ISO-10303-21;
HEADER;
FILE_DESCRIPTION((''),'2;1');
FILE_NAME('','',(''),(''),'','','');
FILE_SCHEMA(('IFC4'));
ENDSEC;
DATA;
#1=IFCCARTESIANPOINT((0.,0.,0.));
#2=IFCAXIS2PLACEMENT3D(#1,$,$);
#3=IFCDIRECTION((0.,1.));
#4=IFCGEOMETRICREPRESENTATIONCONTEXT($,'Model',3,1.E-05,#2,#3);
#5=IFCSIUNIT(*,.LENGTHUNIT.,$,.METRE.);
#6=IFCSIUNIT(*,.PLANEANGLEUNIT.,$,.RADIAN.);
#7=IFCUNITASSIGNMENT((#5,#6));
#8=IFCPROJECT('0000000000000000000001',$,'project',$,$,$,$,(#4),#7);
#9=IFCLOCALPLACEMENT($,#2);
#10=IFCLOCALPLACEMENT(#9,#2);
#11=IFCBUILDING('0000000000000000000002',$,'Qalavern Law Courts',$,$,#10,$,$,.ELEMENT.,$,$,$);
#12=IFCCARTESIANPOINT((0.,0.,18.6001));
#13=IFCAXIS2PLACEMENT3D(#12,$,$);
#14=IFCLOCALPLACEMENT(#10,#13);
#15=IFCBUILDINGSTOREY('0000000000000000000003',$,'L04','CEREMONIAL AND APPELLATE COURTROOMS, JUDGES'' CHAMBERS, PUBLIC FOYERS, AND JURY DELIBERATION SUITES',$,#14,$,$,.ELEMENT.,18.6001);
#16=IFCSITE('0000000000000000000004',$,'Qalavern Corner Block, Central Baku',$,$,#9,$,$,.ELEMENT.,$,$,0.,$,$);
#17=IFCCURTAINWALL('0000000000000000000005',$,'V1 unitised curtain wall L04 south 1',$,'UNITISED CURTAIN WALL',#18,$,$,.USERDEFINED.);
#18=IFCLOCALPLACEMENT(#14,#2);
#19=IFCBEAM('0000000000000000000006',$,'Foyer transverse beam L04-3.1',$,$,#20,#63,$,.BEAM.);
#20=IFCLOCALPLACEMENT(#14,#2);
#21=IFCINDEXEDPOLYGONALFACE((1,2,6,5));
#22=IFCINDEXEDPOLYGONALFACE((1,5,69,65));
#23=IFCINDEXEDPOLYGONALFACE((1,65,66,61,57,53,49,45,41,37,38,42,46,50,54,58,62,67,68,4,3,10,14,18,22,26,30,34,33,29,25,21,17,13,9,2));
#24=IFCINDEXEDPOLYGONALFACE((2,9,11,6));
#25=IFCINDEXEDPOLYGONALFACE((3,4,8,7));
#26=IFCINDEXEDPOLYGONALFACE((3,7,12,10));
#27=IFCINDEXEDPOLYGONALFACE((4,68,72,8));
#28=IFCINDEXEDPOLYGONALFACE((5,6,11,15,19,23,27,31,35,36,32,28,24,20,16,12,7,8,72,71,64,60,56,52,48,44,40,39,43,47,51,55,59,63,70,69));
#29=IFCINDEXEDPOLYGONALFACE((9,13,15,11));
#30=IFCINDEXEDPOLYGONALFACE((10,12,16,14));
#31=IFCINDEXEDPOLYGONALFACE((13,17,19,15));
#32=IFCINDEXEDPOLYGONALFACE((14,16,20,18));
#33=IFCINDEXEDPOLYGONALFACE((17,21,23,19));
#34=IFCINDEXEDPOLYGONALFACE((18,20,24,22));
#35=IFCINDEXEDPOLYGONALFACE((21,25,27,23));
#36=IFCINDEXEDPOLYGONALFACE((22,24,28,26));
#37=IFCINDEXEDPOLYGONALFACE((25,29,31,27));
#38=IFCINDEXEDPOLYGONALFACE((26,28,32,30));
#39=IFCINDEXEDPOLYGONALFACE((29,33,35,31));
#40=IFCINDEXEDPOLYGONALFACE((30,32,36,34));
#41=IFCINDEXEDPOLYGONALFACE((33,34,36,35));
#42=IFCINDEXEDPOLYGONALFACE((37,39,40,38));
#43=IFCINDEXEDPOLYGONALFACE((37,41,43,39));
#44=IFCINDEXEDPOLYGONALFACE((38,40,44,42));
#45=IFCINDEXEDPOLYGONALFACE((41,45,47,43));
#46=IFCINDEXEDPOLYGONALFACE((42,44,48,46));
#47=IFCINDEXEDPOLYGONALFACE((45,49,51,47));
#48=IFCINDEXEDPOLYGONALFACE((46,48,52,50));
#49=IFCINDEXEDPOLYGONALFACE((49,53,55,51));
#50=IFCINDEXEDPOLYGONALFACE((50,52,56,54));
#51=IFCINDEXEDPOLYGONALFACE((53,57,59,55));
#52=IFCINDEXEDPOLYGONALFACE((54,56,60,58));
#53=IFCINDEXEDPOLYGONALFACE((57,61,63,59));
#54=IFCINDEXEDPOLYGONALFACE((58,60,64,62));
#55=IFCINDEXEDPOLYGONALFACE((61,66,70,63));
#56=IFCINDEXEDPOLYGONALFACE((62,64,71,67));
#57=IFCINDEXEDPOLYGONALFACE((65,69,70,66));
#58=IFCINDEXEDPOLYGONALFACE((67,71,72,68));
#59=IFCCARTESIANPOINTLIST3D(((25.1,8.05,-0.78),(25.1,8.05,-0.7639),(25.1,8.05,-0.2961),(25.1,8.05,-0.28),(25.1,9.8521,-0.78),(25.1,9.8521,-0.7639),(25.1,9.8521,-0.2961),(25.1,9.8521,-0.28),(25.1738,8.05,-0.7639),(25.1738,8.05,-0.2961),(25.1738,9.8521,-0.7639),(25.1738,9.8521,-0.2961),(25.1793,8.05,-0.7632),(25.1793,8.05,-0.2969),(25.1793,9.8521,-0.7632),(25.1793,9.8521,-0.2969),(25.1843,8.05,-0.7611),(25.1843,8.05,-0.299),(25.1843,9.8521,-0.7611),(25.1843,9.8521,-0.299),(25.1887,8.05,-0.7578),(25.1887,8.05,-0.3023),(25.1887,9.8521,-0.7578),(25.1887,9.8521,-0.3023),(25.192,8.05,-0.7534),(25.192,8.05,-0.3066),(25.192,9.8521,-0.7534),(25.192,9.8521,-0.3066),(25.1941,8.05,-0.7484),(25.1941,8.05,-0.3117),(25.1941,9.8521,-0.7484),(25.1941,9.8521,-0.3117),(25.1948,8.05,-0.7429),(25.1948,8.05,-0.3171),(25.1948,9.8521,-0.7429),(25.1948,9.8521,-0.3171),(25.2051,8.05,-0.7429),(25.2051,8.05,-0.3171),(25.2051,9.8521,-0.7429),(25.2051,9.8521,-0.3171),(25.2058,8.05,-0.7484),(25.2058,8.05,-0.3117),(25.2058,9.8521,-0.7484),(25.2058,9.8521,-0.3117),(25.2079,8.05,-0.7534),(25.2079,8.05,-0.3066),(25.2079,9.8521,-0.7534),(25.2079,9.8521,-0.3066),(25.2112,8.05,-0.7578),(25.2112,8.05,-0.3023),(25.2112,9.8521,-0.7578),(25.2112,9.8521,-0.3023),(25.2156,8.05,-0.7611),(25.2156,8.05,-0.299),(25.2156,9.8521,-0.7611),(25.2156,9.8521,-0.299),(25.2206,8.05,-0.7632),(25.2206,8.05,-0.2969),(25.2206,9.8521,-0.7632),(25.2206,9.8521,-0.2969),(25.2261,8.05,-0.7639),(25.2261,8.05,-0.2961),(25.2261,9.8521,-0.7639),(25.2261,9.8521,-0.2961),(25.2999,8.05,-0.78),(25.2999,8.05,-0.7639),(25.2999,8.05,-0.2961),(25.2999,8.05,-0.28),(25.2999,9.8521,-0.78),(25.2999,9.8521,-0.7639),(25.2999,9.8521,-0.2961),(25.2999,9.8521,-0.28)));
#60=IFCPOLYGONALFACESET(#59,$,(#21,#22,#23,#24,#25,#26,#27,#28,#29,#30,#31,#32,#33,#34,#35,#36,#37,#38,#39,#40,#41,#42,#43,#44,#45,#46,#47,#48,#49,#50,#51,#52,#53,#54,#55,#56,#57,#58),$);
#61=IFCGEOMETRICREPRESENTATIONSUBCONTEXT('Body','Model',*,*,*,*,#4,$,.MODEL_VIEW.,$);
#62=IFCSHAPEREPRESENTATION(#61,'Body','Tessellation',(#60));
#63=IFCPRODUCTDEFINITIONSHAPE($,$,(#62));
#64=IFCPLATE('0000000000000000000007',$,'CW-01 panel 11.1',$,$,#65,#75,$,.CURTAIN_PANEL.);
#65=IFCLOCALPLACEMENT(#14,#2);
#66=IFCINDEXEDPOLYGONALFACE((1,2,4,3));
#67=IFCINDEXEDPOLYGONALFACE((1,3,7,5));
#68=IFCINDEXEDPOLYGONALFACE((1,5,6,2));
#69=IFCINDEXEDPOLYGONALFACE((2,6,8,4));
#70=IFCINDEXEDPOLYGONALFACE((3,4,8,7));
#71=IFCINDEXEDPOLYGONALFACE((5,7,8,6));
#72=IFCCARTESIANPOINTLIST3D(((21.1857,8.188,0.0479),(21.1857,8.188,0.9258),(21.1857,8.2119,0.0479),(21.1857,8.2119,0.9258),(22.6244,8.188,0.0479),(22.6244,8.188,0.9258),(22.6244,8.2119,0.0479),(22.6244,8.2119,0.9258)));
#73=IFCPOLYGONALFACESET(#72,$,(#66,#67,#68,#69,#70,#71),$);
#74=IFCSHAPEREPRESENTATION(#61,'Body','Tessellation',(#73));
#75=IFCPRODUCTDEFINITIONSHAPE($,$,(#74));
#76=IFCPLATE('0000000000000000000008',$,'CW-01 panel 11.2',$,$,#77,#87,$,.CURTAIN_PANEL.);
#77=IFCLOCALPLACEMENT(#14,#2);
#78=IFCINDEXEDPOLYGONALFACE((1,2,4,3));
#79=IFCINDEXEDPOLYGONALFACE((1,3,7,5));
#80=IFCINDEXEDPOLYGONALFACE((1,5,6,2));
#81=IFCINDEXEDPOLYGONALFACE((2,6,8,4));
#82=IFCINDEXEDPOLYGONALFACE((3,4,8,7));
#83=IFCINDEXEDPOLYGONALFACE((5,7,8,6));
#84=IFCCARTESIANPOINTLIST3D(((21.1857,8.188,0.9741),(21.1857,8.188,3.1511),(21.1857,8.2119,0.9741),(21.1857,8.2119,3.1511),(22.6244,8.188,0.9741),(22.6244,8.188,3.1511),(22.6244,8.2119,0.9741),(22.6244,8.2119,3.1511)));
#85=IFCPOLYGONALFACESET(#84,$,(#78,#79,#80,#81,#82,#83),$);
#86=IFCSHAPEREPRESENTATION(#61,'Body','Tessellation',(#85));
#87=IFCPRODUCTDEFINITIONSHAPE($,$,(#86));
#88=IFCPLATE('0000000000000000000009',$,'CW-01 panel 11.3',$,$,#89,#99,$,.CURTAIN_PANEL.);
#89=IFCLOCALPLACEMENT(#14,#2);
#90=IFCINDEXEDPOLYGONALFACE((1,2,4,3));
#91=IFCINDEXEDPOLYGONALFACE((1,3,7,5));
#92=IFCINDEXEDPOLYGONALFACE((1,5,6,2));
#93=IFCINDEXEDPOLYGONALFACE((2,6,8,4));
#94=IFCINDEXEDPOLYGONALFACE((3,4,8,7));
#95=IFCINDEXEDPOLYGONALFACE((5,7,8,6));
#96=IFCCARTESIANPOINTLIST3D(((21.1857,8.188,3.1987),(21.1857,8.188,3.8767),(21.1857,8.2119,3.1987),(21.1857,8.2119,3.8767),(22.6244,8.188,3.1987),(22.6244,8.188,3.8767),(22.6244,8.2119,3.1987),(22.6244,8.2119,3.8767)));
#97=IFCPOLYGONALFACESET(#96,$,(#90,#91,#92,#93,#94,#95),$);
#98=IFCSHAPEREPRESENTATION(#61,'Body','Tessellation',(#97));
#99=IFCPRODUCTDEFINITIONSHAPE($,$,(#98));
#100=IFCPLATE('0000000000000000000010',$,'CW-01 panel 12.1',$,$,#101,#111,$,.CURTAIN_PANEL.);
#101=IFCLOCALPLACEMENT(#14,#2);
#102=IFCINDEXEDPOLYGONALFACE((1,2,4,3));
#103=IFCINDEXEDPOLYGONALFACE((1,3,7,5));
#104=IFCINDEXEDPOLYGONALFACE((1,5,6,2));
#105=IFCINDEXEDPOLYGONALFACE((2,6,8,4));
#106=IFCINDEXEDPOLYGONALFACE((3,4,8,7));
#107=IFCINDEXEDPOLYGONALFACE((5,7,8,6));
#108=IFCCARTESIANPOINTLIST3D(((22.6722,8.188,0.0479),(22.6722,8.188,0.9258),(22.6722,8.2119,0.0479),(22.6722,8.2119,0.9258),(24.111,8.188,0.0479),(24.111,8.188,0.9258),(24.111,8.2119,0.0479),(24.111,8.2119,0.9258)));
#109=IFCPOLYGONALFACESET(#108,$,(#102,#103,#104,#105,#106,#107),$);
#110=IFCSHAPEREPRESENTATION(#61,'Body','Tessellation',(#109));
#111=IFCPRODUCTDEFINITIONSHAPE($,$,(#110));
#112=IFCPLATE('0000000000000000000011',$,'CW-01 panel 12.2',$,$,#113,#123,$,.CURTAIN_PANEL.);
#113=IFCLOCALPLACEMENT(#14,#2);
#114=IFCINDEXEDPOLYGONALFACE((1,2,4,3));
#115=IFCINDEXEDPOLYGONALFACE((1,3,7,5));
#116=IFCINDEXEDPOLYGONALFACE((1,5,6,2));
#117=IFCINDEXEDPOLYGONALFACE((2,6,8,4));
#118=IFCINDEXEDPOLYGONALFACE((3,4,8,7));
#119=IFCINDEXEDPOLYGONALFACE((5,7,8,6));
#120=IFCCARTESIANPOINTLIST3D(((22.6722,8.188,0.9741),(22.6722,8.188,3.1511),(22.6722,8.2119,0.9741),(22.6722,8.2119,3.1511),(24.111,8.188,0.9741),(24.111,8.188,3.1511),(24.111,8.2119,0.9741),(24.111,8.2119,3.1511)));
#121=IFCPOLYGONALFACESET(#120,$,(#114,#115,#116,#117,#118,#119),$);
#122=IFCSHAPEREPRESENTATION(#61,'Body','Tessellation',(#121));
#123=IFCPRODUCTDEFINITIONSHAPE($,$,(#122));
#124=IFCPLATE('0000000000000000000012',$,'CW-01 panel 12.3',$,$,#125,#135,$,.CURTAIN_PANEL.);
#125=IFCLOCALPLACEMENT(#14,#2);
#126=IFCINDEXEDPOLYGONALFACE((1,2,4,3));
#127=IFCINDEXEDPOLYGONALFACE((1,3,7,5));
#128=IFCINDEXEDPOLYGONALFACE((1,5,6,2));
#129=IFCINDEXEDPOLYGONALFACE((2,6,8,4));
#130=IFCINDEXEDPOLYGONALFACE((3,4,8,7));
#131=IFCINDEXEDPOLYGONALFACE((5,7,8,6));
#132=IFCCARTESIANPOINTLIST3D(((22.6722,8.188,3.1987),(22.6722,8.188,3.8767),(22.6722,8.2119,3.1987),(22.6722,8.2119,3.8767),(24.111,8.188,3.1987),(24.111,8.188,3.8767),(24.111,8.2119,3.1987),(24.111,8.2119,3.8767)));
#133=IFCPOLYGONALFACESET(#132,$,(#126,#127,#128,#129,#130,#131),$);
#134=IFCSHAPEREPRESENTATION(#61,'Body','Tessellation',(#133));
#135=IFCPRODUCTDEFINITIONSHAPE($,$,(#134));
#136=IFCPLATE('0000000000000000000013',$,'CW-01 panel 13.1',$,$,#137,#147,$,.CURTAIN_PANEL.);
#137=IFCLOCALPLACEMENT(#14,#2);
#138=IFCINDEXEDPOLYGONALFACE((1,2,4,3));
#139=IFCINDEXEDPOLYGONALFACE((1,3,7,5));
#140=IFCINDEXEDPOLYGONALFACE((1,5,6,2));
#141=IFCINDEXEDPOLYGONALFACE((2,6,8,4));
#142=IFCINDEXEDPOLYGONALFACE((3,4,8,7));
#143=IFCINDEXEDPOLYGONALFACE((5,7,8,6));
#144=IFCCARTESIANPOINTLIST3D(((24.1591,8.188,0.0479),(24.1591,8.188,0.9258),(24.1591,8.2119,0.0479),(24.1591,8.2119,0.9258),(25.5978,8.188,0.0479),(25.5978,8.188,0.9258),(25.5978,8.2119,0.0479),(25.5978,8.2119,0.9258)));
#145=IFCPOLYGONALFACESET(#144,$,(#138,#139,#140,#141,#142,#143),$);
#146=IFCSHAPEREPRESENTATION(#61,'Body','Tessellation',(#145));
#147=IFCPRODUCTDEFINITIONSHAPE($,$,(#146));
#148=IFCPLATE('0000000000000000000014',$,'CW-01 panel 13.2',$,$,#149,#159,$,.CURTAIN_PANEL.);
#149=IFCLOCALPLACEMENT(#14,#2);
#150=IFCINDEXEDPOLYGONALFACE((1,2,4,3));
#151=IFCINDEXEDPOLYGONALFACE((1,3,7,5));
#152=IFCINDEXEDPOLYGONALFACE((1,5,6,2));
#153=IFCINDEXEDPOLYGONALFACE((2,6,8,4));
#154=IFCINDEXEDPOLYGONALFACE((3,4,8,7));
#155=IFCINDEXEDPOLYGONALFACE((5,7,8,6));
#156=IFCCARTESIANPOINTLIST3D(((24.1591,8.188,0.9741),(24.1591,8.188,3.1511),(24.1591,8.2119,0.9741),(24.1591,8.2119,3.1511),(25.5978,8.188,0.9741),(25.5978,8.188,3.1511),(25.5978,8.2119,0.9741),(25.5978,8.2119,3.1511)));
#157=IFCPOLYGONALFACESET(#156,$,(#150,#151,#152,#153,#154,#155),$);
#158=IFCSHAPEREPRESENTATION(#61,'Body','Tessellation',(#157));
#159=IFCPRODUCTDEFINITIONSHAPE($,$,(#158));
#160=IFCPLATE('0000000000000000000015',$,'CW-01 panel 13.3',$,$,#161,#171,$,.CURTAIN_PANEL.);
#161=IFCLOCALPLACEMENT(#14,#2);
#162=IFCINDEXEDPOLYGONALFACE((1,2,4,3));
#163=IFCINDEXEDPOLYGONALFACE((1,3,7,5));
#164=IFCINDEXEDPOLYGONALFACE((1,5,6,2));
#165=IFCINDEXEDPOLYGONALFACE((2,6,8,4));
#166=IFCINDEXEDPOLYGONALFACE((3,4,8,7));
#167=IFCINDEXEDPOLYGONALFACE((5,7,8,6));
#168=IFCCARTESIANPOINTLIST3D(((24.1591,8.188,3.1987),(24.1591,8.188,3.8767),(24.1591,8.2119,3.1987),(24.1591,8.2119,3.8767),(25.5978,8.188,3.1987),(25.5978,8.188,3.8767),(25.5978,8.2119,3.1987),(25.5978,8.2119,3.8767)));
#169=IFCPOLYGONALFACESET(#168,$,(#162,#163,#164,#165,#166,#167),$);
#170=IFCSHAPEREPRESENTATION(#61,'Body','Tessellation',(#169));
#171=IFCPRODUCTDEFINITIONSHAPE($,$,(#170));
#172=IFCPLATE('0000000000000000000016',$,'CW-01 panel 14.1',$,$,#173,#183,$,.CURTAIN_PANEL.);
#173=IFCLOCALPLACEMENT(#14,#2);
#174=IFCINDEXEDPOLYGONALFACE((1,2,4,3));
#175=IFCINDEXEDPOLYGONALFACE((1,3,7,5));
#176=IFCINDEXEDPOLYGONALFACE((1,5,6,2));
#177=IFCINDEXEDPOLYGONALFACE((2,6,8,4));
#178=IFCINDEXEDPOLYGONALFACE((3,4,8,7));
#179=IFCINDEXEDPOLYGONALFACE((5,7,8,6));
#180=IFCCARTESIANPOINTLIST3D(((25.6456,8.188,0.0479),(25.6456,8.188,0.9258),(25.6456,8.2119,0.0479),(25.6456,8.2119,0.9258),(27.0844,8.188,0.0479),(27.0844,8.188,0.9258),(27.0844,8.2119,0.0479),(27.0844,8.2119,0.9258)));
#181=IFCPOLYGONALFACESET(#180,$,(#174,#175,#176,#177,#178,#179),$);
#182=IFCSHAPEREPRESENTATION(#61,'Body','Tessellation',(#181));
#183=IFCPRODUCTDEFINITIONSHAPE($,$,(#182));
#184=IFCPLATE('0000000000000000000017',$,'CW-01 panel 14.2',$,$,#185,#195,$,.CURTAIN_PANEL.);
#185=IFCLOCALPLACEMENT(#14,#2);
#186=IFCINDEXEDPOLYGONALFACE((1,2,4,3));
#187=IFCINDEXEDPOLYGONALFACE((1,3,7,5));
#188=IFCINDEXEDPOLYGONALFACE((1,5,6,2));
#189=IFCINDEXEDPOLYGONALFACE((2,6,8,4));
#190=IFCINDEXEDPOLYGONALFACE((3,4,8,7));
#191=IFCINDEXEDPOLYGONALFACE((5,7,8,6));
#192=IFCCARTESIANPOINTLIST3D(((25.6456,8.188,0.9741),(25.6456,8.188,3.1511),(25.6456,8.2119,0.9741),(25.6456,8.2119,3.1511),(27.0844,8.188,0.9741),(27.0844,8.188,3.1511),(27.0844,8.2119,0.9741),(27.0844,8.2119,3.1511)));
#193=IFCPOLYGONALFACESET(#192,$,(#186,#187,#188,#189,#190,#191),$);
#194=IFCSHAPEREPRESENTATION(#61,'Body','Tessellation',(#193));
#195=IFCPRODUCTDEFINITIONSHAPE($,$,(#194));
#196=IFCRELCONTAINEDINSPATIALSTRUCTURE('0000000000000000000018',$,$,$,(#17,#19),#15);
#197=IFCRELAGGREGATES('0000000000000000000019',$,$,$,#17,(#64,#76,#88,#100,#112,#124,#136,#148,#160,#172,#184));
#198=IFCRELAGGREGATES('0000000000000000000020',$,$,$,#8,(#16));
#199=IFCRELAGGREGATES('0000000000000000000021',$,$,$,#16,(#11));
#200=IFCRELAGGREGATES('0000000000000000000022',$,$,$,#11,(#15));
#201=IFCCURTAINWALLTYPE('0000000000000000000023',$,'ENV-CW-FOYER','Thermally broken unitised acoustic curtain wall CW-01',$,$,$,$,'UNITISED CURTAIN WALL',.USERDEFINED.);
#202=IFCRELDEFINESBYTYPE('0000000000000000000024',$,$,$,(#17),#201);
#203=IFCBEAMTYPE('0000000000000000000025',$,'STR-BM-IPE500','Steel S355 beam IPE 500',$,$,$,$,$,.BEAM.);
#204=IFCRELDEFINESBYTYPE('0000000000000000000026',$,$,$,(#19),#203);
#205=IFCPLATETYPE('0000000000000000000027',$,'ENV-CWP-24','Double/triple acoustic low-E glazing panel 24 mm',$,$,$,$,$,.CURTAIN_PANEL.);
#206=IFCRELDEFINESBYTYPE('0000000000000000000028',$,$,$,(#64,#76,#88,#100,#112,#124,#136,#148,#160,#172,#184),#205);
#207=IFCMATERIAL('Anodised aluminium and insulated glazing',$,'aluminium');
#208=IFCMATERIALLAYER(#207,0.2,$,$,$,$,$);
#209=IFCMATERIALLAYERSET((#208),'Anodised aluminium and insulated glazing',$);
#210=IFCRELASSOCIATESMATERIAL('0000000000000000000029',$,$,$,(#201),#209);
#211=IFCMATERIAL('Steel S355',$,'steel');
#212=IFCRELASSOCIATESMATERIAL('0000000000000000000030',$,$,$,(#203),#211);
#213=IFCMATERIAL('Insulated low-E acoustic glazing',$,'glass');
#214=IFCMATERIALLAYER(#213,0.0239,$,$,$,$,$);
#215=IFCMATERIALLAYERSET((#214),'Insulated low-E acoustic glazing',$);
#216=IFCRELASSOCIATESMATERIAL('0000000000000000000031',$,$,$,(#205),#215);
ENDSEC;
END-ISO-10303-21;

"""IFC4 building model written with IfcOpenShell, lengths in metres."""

from ifc_helpers import new_model, si_unit, direction, frame, origin, origin_2d, place, context, subcontext, project, spatial, rectangle, i_section, extrude, material, layer, layer_set, material_profile, profile_set, type_object, element, aggregate, save


model = new_model("IFC4")

# Units and contexts
model_context = context("Model", 3, precision=1e-05, world=origin(), true_north=direction((0.0, 1.0)))
body_context = subcontext(model_context, "Body", "Model", "MODEL_VIEW")
ifc_project = project(units=[si_unit("LENGTHUNIT", "METRE"), si_unit("PLANEANGLEUNIT", "RADIAN")], contexts=[model_context])

# Site, building, storey
site_placement = place(None, origin())
site = spatial("IfcSite", under=ifc_project, at=site_placement, Name="Qalavern Corner Block, Central Baku", CompositionType="ELEMENT", RefElevation=0.0)
building_placement = place(site_placement, origin())
building = spatial("IfcBuilding", under=site, at=building_placement, Name="Qalavern Law Courts", CompositionType="ELEMENT")
storey_placement = place(building_placement, frame((0.0, 0.0, 18.6001)))
storey = spatial("IfcBuildingStorey", under=building, at=storey_placement, Name="L04", Description="CEREMONIAL AND APPELLATE COURTROOMS, JUDGES' CHAMBERS, PUBLIC FOYERS, AND JURY DELIBERATION SUITES", CompositionType="ELEMENT", Elevation=18.6001)

# Curtain wall
ifc_material_1 = material(Name="Anodised aluminium and insulated glazing", Category="aluminium")
ifc_layer_1 = layer(ifc_material_1, 0.2)
ifc_layer_set_1 = layer_set([ifc_layer_1], Name="Anodised aluminium and insulated glazing")
curtain_wall_type = type_object("IfcCurtainWallType", Name="ENV-CW-FOYER", Description="Thermally broken unitised acoustic curtain wall CW-01", ElementType="UNITISED CURTAIN WALL", PredefinedType="USERDEFINED", material=ifc_layer_set_1)
curtain_wall_placement = place(storey_placement, origin())
curtain_wall = element("IfcCurtainWall", 1, at=curtain_wall_placement, inside=storey, type_object=curtain_wall_type, Name="V1 unitised curtain wall L04 south 1", ObjectType="UNITISED CURTAIN WALL", PredefinedType="USERDEFINED")

# Beam
ifc_material_2 = material(Name="Steel S355", Category="steel")
ifc_material_profile_1 = material_profile(ifc_material_2, i_section(OverallWidth=0.2, OverallDepth=0.5, WebThickness=0.0103, FlangeThickness=0.0161, FilletRadius=0.021, at=origin_2d()), Name="IPE 500")
ifc_profile_set_1 = profile_set([ifc_material_profile_1], Name="Steel S355")
beam_type = type_object("IfcBeamType", Name="STR-BM-IPE500", Description="Steel S355 beam IPE 500", PredefinedType="BEAM", material=ifc_profile_set_1)
beam_placement = place(storey_placement, frame((25.2, 8.05, -0.53), z_axis=(0.0, 1.0, 0.0), x_axis=(-1.0, 0.0, 0.0)))
element("IfcBeam", 2, at=beam_placement, inside=storey, type_object=beam_type, Name="Foyer transverse beam L04-3.1", PredefinedType="BEAM", context=body_context, shape_type="SweptSolid", body=[
    extrude(i_section(OverallWidth=0.2, OverallDepth=0.5, WebThickness=0.0103, FlangeThickness=0.0161, FilletRadius=0.021, at=origin_2d()), origin(), (0.0, 0.0, 1.0), 1.802),
])

# Plates
ifc_material_3 = material(Name="Insulated low-E acoustic glazing", Category="glass")
ifc_layer_2 = layer(ifc_material_3, 0.0239)
ifc_layer_set_2 = layer_set([ifc_layer_2], Name="Insulated low-E acoustic glazing")
plate_type = type_object("IfcPlateType", Name="ENV-CWP-24", Description="Double/triple acoustic low-E glazing panel 24 mm", PredefinedType="CURTAIN_PANEL", material=ifc_layer_set_2)
plate_1_placement = place(storey_placement, frame((21.905, 8.2, 0.0479), z_axis=(0.0, 0.0, 1.0), x_axis=(1.0, 0.0, 0.0)))
plate_1 = element("IfcPlate", 3, at=plate_1_placement, type_object=plate_type, Name="CW-01 panel 11.1", PredefinedType="CURTAIN_PANEL", context=body_context, shape_type="SweptSolid", body=[
    extrude(rectangle(XDim=1.4387, YDim=0.0239, at=origin_2d()), origin(), (0.0, 0.0, 1.0), 0.8779),
])
plate_2_placement = place(storey_placement, frame((21.905, 8.2, 0.9741), z_axis=(0.0, 0.0, 1.0), x_axis=(1.0, 0.0, 0.0)))
plate_2 = element("IfcPlate", 4, at=plate_2_placement, type_object=plate_type, Name="CW-01 panel 11.2", PredefinedType="CURTAIN_PANEL", context=body_context, shape_type="SweptSolid", body=[
    extrude(rectangle(XDim=1.4387, YDim=0.0239, at=origin_2d()), origin(), (0.0, 0.0, 1.0), 2.177),
])
plate_3_placement = place(storey_placement, frame((21.905, 8.2, 3.1987), z_axis=(0.0, 0.0, 1.0), x_axis=(1.0, 0.0, 0.0)))
plate_3 = element("IfcPlate", 5, at=plate_3_placement, type_object=plate_type, Name="CW-01 panel 11.3", PredefinedType="CURTAIN_PANEL", context=body_context, shape_type="SweptSolid", body=[
    extrude(rectangle(XDim=1.4387, YDim=0.0239, at=origin_2d()), origin(), (0.0, 0.0, 1.0), 0.678),
])
plate_4_placement = place(storey_placement, frame((23.3916, 8.2, 0.0479), z_axis=(0.0, 0.0, 1.0), x_axis=(1.0, 0.0, 0.0)))
plate_4 = element("IfcPlate", 6, at=plate_4_placement, type_object=plate_type, Name="CW-01 panel 12.1", PredefinedType="CURTAIN_PANEL", context=body_context, shape_type="SweptSolid", body=[
    extrude(rectangle(XDim=1.4387, YDim=0.0239, at=origin_2d()), origin(), (0.0, 0.0, 1.0), 0.8779),
])
plate_5_placement = place(storey_placement, frame((23.3916, 8.2, 0.9741), z_axis=(0.0, 0.0, 1.0), x_axis=(1.0, 0.0, 0.0)))
plate_5 = element("IfcPlate", 7, at=plate_5_placement, type_object=plate_type, Name="CW-01 panel 12.2", PredefinedType="CURTAIN_PANEL", context=body_context, shape_type="SweptSolid", body=[
    extrude(rectangle(XDim=1.4387, YDim=0.0239, at=origin_2d()), origin(), (0.0, 0.0, 1.0), 2.177),
])
plate_6_placement = place(storey_placement, frame((23.3916, 8.2, 3.1987), z_axis=(0.0, 0.0, 1.0), x_axis=(1.0, 0.0, 0.0)))
plate_6 = element("IfcPlate", 8, at=plate_6_placement, type_object=plate_type, Name="CW-01 panel 12.3", PredefinedType="CURTAIN_PANEL", context=body_context, shape_type="SweptSolid", body=[
    extrude(rectangle(XDim=1.4387, YDim=0.0239, at=origin_2d()), origin(), (0.0, 0.0, 1.0), 0.678),
])
plate_7_placement = place(storey_placement, frame((24.8784, 8.2, 0.0479), z_axis=(0.0, 0.0, 1.0), x_axis=(1.0, 0.0, 0.0)))
plate_7 = element("IfcPlate", 9, at=plate_7_placement, type_object=plate_type, Name="CW-01 panel 13.1", PredefinedType="CURTAIN_PANEL", context=body_context, shape_type="SweptSolid", body=[
    extrude(rectangle(XDim=1.4387, YDim=0.0239, at=origin_2d()), origin(), (0.0, 0.0, 1.0), 0.8779),
])
plate_8_placement = place(storey_placement, frame((24.8784, 8.2, 0.9741), z_axis=(0.0, 0.0, 1.0), x_axis=(1.0, 0.0, 0.0)))
plate_8 = element("IfcPlate", 10, at=plate_8_placement, type_object=plate_type, Name="CW-01 panel 13.2", PredefinedType="CURTAIN_PANEL", context=body_context, shape_type="SweptSolid", body=[
    extrude(rectangle(XDim=1.4387, YDim=0.0239, at=origin_2d()), origin(), (0.0, 0.0, 1.0), 2.177),
])
plate_9_placement = place(storey_placement, frame((24.8784, 8.2, 3.1987), z_axis=(0.0, 0.0, 1.0), x_axis=(1.0, 0.0, 0.0)))
plate_9 = element("IfcPlate", 11, at=plate_9_placement, type_object=plate_type, Name="CW-01 panel 13.3", PredefinedType="CURTAIN_PANEL", context=body_context, shape_type="SweptSolid", body=[
    extrude(rectangle(XDim=1.4387, YDim=0.0239, at=origin_2d()), origin(), (0.0, 0.0, 1.0), 0.678),
])
plate_10_placement = place(storey_placement, frame((26.365, 8.2, 0.0479), z_axis=(0.0, 0.0, 1.0), x_axis=(1.0, 0.0, 0.0)))
plate_10 = element("IfcPlate", 12, at=plate_10_placement, type_object=plate_type, Name="CW-01 panel 14.1", PredefinedType="CURTAIN_PANEL", context=body_context, shape_type="SweptSolid", body=[
    extrude(rectangle(XDim=1.4387, YDim=0.0239, at=origin_2d()), origin(), (0.0, 0.0, 1.0), 0.8779),
])
plate_11_placement = place(storey_placement, frame((26.365, 8.2, 0.9741), z_axis=(0.0, 0.0, 1.0), x_axis=(1.0, 0.0, 0.0)))
plate_11 = element("IfcPlate", 13, at=plate_11_placement, type_object=plate_type, Name="CW-01 panel 14.2", PredefinedType="CURTAIN_PANEL", context=body_context, shape_type="SweptSolid", body=[
    extrude(rectangle(XDim=1.4387, YDim=0.0239, at=origin_2d()), origin(), (0.0, 0.0, 1.0), 2.177),
])
aggregate(curtain_wall, [plate_1, plate_2, plate_3, plate_4, plate_5, plate_6, plate_7, plate_8, plate_9, plate_10, plate_11])

save(model, "model.ifc")
